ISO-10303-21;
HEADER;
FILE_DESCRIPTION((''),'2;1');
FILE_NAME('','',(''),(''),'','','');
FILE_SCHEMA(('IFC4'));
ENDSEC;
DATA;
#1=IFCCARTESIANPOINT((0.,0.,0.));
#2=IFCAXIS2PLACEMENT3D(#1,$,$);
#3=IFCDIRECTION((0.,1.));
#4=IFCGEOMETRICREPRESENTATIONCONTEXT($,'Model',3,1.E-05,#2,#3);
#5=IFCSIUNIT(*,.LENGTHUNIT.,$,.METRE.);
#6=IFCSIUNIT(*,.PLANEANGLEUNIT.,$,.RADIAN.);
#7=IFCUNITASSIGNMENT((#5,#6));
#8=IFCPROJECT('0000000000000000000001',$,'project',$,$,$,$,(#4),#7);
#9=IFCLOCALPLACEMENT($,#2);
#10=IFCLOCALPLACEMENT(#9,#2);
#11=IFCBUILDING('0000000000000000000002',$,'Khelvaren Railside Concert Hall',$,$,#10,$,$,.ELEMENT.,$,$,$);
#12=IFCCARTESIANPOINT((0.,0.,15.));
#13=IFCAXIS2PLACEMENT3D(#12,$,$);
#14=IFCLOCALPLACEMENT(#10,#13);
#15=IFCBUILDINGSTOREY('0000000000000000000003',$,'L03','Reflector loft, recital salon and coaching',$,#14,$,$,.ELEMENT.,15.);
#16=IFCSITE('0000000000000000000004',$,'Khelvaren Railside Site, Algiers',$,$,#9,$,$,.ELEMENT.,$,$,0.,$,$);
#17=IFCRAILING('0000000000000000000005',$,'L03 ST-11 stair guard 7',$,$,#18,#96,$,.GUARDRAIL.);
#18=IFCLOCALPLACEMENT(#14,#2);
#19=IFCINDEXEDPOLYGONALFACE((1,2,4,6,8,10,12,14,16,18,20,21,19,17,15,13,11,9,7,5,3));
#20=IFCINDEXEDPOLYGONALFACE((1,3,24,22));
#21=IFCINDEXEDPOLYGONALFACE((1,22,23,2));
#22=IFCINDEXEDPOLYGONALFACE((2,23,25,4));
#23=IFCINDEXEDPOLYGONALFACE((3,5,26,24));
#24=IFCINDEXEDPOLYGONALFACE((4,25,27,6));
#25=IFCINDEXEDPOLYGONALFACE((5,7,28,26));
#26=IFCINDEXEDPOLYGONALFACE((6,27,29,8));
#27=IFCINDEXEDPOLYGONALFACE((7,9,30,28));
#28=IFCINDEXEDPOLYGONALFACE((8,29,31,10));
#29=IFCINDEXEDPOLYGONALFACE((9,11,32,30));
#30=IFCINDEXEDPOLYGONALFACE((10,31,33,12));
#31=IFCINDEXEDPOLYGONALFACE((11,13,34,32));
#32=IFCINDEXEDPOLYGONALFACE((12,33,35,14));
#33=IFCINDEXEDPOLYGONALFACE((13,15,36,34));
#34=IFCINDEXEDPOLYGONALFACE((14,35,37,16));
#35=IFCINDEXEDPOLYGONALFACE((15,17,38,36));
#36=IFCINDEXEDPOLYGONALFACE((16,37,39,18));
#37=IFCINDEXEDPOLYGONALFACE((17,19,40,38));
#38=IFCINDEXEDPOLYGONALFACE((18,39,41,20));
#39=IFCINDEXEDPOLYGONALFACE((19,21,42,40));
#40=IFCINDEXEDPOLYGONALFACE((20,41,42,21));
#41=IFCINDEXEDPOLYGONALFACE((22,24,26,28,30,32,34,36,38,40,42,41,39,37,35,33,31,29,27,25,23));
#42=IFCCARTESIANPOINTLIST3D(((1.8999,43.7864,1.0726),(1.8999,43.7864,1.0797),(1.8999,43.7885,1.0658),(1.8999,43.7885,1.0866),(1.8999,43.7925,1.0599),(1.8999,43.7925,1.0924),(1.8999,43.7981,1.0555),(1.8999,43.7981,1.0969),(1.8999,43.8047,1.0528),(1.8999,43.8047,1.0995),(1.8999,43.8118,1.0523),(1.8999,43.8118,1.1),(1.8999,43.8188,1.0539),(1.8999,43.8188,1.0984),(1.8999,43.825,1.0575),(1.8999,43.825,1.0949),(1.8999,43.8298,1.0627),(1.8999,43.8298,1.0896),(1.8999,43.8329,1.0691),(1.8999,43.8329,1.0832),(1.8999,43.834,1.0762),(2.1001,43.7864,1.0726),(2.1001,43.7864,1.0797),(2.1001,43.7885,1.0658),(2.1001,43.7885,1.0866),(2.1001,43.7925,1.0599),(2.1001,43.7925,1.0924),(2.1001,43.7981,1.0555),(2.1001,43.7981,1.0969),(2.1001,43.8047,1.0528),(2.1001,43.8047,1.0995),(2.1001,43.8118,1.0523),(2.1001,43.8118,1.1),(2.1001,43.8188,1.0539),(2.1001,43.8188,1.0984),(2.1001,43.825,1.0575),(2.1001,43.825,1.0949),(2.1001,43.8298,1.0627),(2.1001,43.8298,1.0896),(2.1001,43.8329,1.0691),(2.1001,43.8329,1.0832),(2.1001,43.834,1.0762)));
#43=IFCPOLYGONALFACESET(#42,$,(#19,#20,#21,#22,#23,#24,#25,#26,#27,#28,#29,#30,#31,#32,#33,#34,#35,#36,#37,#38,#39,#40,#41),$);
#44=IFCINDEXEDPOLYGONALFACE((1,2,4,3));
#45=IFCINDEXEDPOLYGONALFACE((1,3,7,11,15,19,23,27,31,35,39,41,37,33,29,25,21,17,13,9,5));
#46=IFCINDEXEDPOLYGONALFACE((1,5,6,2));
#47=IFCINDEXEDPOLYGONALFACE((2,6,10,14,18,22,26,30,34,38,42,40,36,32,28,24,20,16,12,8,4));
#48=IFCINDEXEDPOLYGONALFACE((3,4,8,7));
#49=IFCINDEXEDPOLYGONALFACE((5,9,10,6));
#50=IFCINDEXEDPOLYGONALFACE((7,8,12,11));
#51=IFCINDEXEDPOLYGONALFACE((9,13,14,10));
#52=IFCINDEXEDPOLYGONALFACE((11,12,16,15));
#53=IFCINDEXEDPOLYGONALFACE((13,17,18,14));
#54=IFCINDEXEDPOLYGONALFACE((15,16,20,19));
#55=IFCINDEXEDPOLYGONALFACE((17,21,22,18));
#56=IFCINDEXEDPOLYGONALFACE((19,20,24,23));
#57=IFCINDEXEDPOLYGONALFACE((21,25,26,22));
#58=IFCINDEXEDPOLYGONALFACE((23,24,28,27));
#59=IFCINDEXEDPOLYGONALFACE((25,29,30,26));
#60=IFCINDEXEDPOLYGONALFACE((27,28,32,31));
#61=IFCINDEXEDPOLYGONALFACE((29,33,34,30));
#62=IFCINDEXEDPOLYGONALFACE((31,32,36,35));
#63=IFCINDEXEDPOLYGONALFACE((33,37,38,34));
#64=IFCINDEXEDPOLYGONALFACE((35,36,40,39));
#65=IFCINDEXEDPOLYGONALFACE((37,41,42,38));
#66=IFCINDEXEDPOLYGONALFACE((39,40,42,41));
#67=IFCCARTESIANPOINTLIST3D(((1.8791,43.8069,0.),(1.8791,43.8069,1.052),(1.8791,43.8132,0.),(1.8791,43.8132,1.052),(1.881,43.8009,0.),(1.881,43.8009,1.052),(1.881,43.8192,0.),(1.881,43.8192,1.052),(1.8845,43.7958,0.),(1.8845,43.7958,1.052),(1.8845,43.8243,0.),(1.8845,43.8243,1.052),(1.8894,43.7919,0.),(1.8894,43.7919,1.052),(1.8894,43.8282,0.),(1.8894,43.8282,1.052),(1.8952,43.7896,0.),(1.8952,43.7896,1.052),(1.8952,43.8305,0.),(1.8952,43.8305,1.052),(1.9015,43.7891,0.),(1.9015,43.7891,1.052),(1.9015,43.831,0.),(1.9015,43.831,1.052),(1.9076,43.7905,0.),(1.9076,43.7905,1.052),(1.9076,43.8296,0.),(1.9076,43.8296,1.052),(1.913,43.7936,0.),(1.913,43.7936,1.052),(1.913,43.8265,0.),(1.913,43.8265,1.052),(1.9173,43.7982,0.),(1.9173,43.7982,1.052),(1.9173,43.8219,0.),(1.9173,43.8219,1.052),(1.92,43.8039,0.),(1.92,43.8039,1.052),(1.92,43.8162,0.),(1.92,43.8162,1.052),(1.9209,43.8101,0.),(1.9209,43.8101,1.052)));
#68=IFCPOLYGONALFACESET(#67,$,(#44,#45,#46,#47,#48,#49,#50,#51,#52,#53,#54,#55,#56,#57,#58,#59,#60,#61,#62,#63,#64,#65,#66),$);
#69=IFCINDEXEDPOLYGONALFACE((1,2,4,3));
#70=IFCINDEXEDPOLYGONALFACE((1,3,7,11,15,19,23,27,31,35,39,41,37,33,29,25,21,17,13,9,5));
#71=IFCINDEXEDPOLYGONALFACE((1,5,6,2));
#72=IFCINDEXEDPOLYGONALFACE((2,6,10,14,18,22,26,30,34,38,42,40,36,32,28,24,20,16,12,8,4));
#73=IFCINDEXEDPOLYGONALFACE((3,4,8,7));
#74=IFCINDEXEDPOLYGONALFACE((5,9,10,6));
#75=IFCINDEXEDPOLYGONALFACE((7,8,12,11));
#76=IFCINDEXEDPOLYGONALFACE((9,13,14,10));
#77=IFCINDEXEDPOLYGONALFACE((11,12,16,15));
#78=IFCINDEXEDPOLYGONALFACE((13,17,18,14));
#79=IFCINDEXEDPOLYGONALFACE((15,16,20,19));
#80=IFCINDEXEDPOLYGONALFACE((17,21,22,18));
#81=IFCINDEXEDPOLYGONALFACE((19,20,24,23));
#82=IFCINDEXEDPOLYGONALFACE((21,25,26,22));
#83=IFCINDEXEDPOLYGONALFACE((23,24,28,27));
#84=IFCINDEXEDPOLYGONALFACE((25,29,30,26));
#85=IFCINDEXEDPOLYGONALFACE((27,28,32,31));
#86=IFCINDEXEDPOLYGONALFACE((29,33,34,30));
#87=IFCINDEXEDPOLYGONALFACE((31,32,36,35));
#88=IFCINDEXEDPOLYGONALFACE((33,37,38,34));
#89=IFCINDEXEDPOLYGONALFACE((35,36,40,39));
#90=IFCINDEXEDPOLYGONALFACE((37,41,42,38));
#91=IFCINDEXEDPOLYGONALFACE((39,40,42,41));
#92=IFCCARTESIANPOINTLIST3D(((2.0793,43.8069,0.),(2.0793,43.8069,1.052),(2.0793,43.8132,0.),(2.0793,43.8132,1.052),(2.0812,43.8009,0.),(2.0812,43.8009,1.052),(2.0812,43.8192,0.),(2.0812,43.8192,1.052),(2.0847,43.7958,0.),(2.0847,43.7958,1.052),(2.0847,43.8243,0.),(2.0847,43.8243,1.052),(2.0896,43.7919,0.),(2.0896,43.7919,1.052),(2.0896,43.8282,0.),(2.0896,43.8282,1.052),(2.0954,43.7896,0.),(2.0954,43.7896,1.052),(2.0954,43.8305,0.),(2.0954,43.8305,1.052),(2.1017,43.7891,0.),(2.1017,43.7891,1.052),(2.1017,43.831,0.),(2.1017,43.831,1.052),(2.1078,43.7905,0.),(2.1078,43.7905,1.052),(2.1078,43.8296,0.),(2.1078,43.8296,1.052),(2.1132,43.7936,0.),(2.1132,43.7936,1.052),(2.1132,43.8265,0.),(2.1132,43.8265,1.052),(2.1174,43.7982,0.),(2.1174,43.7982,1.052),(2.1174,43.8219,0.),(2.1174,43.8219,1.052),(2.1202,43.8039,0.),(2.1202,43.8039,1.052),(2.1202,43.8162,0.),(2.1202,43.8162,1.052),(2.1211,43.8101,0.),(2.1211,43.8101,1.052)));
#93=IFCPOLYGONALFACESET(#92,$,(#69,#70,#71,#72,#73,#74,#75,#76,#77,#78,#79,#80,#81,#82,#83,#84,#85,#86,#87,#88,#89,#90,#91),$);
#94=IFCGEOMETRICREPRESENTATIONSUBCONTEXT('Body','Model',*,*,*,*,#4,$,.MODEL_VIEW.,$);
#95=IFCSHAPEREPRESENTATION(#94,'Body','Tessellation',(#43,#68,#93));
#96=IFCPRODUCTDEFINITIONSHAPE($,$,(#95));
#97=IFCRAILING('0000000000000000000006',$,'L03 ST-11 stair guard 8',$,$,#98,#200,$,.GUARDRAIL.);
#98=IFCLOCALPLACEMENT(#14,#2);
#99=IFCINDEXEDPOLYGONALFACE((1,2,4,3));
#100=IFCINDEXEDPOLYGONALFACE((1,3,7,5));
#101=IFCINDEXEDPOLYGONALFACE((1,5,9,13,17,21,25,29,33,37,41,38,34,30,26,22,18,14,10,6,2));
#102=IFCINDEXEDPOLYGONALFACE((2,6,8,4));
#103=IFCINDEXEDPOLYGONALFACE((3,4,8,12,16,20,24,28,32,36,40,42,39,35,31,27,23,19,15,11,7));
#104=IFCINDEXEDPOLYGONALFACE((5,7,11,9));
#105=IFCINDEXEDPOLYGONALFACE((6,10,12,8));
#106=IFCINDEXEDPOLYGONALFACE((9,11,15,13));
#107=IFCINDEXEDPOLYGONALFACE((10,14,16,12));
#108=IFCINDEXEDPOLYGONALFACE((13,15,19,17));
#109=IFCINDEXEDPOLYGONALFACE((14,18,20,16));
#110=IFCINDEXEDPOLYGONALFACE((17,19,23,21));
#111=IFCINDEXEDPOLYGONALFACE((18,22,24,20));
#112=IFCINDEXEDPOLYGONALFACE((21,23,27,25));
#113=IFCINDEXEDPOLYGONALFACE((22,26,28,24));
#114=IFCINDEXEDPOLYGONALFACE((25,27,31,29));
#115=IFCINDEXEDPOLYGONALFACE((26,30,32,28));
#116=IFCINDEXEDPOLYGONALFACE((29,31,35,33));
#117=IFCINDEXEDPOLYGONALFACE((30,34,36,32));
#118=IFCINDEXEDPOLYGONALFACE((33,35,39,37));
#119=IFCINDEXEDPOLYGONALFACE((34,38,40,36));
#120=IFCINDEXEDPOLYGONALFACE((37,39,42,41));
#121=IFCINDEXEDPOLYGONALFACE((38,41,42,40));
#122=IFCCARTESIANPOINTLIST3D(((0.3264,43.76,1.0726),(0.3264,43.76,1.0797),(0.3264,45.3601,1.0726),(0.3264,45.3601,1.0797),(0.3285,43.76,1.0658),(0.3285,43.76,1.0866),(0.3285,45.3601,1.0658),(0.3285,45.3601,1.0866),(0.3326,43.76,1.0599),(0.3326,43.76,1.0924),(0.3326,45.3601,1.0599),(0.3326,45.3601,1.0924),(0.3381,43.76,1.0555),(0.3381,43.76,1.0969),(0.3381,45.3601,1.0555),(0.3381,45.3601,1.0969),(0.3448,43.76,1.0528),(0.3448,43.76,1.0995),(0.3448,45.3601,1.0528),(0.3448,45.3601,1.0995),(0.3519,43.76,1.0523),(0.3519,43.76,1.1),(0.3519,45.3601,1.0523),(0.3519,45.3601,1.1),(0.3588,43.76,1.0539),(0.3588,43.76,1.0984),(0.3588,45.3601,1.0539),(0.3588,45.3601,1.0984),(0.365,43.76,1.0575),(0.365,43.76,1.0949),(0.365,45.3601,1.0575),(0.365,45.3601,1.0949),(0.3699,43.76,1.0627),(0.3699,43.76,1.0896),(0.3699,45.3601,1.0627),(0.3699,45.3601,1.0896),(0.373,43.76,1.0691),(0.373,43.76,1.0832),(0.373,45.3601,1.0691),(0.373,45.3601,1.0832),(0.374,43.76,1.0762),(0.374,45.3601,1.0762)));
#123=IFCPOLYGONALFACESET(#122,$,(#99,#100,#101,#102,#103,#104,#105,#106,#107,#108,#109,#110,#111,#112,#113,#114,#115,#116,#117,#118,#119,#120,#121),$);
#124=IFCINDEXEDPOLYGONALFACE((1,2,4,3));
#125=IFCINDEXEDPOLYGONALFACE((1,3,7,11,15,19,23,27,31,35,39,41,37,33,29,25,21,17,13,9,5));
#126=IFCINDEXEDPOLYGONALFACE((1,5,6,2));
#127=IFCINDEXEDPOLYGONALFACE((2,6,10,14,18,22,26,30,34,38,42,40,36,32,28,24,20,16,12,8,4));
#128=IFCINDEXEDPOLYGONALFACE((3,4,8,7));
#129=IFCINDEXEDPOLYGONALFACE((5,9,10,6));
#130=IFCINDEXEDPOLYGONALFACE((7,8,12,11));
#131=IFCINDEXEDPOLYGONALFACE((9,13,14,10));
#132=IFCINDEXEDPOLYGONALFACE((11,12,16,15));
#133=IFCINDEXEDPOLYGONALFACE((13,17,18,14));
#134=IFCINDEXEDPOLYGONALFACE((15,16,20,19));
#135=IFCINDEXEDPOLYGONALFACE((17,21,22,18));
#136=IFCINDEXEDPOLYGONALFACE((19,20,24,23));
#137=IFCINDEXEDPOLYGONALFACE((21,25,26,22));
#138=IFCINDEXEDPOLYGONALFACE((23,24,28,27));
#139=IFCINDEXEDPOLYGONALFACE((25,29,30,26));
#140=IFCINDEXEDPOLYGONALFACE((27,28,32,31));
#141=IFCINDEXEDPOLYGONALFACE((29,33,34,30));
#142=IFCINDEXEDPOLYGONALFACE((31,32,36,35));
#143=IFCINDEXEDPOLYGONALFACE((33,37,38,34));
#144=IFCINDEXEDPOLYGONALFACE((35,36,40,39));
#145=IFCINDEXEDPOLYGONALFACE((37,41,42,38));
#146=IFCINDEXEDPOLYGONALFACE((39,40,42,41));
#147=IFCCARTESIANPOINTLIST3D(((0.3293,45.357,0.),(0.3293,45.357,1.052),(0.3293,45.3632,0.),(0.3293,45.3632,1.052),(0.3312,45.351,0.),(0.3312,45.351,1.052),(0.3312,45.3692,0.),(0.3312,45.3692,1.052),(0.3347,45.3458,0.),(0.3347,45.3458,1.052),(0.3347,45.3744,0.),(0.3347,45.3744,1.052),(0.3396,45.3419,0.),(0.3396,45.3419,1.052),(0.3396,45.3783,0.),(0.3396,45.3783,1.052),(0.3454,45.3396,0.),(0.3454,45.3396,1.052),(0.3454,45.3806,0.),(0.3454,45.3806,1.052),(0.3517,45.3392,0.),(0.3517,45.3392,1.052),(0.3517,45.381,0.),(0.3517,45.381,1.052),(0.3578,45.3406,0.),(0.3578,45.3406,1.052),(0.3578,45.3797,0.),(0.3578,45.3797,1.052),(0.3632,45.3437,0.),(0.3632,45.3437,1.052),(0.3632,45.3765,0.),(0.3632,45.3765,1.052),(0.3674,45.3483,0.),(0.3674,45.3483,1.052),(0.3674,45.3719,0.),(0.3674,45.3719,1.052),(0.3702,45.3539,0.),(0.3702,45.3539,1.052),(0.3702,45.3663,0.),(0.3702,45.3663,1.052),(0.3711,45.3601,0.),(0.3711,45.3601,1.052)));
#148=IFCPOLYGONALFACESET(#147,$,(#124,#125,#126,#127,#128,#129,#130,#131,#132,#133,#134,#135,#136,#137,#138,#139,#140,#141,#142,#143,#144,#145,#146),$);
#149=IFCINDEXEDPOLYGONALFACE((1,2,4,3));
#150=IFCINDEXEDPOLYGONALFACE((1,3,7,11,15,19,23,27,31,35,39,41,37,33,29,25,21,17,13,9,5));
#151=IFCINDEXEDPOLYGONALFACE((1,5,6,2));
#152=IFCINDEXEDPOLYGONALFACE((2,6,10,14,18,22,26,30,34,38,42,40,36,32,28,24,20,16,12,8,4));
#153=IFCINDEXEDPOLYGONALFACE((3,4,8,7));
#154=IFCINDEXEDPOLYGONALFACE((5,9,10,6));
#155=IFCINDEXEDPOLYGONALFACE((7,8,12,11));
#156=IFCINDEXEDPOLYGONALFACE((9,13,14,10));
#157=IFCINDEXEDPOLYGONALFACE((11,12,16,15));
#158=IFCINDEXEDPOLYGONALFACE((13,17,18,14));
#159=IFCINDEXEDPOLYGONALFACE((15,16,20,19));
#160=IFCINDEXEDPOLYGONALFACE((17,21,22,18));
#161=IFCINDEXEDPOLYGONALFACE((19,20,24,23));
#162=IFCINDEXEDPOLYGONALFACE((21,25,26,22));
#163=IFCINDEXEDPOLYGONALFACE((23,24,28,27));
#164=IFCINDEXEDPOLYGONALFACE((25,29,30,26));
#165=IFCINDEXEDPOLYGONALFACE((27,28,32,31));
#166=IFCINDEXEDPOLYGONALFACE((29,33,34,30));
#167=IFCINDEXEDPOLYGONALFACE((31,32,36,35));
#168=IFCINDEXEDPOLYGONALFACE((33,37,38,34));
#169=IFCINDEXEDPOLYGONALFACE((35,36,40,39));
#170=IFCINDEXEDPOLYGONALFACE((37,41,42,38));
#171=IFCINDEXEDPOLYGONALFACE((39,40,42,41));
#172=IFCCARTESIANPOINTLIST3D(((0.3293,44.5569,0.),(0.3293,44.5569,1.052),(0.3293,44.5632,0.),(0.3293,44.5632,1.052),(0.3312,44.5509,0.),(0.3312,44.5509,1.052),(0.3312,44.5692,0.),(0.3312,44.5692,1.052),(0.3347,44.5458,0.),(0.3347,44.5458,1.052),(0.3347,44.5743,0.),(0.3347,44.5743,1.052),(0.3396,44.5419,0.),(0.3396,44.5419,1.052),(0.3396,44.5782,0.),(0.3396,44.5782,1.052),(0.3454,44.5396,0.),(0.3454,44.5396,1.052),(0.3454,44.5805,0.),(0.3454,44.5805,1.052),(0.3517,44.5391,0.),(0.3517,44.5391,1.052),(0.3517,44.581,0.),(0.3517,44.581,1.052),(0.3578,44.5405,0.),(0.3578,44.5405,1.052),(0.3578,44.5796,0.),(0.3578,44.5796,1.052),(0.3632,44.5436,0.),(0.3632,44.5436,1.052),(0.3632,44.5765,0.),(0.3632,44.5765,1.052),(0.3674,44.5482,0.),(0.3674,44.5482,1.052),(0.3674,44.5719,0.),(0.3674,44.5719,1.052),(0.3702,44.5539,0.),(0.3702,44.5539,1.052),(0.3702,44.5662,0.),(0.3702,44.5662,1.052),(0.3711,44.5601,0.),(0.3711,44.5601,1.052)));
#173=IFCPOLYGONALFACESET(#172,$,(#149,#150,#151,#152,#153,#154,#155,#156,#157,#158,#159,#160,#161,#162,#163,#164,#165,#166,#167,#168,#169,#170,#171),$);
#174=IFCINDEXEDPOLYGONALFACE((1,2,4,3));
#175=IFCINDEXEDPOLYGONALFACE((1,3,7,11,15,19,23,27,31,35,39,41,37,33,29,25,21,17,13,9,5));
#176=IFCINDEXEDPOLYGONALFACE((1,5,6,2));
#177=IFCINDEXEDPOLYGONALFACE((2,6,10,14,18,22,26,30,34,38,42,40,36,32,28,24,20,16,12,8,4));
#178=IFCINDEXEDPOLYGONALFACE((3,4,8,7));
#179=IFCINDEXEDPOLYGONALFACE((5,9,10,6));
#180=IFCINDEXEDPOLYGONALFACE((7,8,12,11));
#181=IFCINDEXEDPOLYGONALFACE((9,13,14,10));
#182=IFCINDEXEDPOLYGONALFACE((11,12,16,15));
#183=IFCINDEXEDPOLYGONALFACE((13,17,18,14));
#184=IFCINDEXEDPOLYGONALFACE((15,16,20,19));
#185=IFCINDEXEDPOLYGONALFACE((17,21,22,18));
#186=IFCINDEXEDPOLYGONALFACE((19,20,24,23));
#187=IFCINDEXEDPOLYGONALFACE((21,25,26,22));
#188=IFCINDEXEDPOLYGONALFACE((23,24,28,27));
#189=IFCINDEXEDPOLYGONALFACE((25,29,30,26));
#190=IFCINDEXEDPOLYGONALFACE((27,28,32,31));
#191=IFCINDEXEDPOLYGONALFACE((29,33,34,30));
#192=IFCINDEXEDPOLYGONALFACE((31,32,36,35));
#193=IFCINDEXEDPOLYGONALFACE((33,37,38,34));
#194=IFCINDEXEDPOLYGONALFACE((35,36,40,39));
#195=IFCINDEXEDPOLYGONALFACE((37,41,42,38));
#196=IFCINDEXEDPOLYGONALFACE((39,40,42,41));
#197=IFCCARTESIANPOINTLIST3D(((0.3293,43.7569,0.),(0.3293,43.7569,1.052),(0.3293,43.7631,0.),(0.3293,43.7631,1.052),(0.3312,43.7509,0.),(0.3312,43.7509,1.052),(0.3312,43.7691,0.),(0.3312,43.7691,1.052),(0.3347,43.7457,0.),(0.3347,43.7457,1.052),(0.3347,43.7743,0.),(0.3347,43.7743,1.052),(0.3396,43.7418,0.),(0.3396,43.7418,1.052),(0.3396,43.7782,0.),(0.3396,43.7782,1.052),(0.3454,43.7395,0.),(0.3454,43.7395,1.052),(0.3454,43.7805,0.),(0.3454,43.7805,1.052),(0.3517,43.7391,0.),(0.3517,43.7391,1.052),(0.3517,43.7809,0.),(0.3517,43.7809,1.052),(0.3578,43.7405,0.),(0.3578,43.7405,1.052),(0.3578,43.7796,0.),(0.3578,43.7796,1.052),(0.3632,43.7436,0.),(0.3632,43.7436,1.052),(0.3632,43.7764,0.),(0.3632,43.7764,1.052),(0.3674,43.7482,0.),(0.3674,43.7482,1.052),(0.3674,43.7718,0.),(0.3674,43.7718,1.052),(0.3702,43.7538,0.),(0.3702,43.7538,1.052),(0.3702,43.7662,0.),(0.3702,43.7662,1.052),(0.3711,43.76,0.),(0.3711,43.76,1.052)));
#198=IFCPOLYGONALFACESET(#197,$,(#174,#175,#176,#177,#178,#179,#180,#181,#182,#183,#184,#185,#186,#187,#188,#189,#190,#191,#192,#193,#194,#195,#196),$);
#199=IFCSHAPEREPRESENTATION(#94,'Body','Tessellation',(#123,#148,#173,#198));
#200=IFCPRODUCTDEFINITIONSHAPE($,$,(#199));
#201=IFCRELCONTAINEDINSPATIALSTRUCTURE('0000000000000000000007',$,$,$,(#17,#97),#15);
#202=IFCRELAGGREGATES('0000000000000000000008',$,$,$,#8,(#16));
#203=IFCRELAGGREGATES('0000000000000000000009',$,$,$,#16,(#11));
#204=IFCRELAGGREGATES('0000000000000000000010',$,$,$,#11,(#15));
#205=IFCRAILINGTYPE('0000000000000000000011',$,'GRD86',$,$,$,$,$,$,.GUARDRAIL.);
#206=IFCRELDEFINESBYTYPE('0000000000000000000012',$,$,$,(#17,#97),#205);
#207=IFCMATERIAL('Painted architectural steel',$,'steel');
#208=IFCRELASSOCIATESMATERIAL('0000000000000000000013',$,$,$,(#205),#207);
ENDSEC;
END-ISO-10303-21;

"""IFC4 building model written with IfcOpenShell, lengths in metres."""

from ifc_helpers import new_model, si_unit, direction, frame, origin, origin_2d, place, context, subcontext, project, spatial, circle, extrude, material, type_object, element, save


model = new_model("IFC4")

# Units and contexts
model_context = context("Model", 3, precision=1e-05, world=origin(), true_north=direction((0.0, 1.0)))
body_context = subcontext(model_context, "Body", "Model", "MODEL_VIEW")
ifc_project = project(units=[si_unit("LENGTHUNIT", "METRE"), si_unit("PLANEANGLEUNIT", "RADIAN")], contexts=[model_context])

# Site, building, storey
site_placement = place(None, origin())
site = spatial("IfcSite", under=ifc_project, at=site_placement, Name="Khelvaren Railside Site, Algiers", CompositionType="ELEMENT", RefElevation=0.0)
building_placement = place(site_placement, origin())
building = spatial("IfcBuilding", under=site, at=building_placement, Name="Khelvaren Railside Concert Hall", CompositionType="ELEMENT")
storey_placement = place(building_placement, frame((0.0, 0.0, 15.0)))
storey = spatial("IfcBuildingStorey", under=building, at=storey_placement, Name="L03", Description="Reflector loft, recital salon and coaching", CompositionType="ELEMENT", Elevation=15.0)

# Railings
ifc_material_1 = material(Name="Painted architectural steel", Category="steel")
railing_type = type_object("IfcRailingType", Name="GRD86", PredefinedType="GUARDRAIL", material=ifc_material_1)
railing_1_placement = place(storey_placement, frame((1.8999, 43.8101, 0.0)))
element("IfcRailing", 1, at=railing_1_placement, inside=storey, type_object=railing_type, Name="L03 ST-11 stair guard 7", PredefinedType="GUARDRAIL", context=body_context, shape_type="SweptSolid", body=[
    extrude(circle(Radius=0.0239, at=origin_2d()), frame((0.0, 0.0, 1.0762), z_axis=(1.0, 0.0, 0.0), x_axis=(0.0, 1.0, 0.0)), (0.0, 0.0, 1.0), 0.2002),
    extrude(circle(Radius=0.021, at=origin_2d()), origin(), (0.0, 0.0, 1.0), 1.052),
    extrude(circle(Radius=0.021, at=origin_2d()), frame((0.2002, 0.0, 0.0)), (0.0, 0.0, 1.0), 1.052),
])
for number, where, name in (
    (2, (0.3501, 45.3601, 0.0), "L03 ST-11 stair guard 8"),
):
    element("IfcRailing", number, at=place(storey_placement, frame(where)), inside=storey, type_object=railing_type, Name=name, PredefinedType="GUARDRAIL", context=body_context, shape_type="SweptSolid", body=[
        extrude(circle(Radius=0.0239, at=origin_2d()), frame((0.0, 0.0, 1.0762), z_axis=(0.0, -1.0, 0.0), x_axis=(1.0, 0.0, 0.0)), (0.0, 0.0, 1.0), 1.6001),
        extrude(circle(Radius=0.021, at=origin_2d()), origin(), (0.0, 0.0, 1.0), 1.052),
        extrude(circle(Radius=0.021, at=origin_2d()), frame((0.0, -0.8, 0.0)), (0.0, 0.0, 1.0), 1.052),
        extrude(circle(Radius=0.021, at=origin_2d()), frame((0.0, -1.6001, 0.0)), (0.0, 0.0, 1.0), 1.052),
    ])

save(model, "model.ifc")
